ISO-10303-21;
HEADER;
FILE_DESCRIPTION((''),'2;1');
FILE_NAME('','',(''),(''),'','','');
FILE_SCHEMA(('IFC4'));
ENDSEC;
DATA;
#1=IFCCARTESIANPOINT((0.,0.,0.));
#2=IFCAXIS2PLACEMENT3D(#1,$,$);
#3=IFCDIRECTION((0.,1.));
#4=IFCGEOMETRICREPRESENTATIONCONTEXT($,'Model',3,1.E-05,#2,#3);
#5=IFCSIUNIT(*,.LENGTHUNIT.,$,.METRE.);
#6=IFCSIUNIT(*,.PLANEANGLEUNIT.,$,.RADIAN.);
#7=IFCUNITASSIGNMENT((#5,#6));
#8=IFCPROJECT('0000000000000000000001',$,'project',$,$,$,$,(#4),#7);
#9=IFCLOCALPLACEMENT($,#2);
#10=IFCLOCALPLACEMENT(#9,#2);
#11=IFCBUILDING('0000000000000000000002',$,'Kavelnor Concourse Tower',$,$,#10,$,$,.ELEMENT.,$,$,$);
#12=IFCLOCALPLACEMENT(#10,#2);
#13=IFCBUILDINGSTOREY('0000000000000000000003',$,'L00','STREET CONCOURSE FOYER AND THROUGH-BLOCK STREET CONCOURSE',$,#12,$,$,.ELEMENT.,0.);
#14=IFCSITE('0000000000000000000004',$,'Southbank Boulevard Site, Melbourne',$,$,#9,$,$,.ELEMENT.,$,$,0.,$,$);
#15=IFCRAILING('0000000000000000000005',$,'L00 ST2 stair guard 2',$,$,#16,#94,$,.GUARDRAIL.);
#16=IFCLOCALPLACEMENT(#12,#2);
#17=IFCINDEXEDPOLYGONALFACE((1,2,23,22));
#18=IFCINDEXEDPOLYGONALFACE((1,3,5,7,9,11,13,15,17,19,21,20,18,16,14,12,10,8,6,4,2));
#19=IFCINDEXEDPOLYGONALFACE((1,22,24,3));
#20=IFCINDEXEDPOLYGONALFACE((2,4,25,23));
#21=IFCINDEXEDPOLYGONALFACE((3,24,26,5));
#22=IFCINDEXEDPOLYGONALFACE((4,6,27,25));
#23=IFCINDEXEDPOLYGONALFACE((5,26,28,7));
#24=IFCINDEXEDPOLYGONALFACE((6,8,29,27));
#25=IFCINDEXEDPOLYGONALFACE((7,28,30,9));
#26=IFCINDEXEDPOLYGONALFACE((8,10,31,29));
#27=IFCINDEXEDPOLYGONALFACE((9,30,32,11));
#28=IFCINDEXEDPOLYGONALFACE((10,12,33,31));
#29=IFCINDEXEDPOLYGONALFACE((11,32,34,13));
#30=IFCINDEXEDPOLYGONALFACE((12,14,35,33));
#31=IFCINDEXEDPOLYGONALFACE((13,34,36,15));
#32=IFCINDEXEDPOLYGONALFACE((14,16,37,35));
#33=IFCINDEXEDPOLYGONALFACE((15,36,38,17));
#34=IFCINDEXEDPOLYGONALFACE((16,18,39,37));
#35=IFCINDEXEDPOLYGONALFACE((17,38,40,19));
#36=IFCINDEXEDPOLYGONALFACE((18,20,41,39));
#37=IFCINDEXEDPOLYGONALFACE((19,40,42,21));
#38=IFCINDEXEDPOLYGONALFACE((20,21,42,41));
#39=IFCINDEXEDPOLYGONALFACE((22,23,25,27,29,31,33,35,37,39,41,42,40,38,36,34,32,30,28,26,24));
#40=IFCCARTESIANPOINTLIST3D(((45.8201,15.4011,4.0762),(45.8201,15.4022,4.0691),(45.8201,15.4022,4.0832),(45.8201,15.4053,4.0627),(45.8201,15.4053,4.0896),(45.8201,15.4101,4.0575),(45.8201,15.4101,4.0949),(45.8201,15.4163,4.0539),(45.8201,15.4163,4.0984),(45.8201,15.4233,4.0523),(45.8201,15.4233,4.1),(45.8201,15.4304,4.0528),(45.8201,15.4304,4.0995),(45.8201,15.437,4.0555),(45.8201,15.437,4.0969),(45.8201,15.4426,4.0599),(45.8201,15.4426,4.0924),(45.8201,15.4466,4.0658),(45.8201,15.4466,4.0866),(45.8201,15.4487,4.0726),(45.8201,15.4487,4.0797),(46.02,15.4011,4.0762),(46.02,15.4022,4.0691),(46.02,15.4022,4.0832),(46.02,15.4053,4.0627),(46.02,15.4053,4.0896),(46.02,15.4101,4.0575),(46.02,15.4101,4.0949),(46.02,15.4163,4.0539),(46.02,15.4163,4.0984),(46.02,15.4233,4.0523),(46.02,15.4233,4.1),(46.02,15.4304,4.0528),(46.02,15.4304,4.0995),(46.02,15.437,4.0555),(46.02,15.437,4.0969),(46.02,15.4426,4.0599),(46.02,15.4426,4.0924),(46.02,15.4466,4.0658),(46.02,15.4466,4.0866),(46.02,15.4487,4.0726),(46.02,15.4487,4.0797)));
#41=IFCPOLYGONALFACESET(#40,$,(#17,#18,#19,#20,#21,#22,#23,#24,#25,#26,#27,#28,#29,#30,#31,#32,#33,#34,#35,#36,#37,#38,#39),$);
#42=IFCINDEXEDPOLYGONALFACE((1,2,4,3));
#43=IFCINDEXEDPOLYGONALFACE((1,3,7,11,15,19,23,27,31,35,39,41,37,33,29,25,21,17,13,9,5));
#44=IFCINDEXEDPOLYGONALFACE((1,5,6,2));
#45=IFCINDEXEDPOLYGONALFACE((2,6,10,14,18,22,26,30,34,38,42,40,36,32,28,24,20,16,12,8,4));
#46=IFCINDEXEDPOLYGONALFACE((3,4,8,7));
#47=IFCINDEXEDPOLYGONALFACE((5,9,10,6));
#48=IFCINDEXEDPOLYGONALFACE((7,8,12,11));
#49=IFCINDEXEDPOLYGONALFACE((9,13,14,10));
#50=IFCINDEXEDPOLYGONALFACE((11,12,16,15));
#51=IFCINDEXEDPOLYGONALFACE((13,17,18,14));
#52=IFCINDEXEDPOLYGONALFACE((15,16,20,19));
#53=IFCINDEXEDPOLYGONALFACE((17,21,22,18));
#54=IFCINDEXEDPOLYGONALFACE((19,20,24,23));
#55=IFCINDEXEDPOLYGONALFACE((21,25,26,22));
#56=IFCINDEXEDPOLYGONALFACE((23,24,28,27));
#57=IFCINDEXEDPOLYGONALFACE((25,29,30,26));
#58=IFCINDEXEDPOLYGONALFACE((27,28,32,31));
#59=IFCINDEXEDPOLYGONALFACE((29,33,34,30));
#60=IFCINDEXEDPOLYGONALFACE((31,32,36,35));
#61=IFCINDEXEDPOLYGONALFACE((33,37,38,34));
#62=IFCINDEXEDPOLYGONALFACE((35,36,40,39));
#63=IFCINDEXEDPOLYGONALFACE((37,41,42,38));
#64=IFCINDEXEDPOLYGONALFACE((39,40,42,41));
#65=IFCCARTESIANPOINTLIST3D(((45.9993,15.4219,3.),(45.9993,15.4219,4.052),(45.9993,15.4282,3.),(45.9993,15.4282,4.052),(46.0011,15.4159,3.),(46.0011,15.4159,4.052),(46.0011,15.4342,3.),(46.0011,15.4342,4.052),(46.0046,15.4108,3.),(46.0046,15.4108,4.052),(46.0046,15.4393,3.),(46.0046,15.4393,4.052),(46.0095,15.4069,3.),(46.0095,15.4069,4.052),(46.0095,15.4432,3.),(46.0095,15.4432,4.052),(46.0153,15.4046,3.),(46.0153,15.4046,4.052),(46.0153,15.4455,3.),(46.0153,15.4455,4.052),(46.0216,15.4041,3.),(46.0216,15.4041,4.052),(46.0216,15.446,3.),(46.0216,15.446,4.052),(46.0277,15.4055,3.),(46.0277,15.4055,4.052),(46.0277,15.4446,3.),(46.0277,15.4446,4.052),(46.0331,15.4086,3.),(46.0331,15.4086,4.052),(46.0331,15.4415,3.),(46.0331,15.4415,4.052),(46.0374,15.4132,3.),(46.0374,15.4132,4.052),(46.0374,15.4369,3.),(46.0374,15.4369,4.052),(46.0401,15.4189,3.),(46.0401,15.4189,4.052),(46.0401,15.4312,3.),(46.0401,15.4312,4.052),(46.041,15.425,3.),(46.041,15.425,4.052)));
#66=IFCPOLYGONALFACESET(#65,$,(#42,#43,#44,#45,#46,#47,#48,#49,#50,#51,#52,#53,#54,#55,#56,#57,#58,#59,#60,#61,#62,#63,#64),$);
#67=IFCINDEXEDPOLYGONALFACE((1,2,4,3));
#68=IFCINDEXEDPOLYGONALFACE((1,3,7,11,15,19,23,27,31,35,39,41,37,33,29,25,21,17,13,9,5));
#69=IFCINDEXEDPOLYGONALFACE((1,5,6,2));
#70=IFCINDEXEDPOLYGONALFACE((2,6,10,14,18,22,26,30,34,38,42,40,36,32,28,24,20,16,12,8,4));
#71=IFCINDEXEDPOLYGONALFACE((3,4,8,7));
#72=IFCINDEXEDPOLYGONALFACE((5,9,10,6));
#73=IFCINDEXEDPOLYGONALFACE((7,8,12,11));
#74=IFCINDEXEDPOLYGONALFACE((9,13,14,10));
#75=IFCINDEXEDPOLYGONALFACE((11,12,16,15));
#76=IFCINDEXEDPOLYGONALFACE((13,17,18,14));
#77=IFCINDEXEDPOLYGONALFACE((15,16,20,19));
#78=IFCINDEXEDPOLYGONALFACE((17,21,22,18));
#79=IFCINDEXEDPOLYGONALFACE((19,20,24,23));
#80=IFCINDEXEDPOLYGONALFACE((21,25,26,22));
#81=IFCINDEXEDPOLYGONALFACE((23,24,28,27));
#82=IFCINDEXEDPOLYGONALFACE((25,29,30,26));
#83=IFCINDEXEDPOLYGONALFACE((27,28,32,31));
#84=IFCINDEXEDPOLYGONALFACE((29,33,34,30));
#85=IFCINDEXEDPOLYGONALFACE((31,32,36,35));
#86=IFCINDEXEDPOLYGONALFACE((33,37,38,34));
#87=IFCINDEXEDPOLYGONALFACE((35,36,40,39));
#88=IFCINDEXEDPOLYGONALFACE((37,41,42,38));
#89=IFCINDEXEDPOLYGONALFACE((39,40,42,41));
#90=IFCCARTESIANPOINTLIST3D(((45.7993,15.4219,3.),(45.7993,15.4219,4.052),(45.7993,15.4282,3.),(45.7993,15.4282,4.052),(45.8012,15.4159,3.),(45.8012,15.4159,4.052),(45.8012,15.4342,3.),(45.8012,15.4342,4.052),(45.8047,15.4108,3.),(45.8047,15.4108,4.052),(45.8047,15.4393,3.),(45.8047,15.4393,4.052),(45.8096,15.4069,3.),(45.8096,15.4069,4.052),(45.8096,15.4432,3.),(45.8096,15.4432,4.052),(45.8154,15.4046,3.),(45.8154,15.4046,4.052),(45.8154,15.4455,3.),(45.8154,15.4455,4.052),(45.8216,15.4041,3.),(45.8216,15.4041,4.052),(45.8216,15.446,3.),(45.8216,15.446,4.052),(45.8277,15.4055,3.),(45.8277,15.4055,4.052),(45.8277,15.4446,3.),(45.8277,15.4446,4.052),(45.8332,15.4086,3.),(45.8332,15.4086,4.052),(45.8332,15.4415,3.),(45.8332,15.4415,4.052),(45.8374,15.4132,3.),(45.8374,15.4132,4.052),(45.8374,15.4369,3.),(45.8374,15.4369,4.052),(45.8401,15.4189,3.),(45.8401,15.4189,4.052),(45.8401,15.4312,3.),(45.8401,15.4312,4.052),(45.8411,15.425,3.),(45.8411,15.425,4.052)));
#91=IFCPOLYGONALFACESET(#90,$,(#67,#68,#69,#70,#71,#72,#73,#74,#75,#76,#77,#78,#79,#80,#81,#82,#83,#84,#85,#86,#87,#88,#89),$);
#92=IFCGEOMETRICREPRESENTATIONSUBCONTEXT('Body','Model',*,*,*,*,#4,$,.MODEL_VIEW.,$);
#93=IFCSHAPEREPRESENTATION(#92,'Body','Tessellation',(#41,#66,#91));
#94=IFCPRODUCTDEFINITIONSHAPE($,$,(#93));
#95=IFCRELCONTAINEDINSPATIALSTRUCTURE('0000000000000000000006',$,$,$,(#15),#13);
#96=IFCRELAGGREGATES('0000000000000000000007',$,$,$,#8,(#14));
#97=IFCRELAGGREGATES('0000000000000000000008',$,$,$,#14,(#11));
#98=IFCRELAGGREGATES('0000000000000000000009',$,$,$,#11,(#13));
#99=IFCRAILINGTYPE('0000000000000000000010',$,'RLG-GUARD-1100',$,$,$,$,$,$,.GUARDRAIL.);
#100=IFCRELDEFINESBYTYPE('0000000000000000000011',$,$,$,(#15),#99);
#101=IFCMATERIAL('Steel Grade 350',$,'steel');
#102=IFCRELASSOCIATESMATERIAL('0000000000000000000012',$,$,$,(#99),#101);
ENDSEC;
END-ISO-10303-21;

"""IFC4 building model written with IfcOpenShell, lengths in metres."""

from ifc_helpers import new_model, si_unit, direction, frame, origin, origin_2d, place, context, subcontext, project, spatial, circle, extrude, material, type_object, element, save


model = new_model("IFC4")

# Units and contexts
model_context = context("Model", 3, precision=1e-05, world=origin(), true_north=direction((0.0, 1.0)))
body_context = subcontext(model_context, "Body", "Model", "MODEL_VIEW")
ifc_project = project(units=[si_unit("LENGTHUNIT", "METRE"), si_unit("PLANEANGLEUNIT", "RADIAN")], contexts=[model_context])

# Site, building, storey
site_placement = place(None, origin())
site = spatial("IfcSite", under=ifc_project, at=site_placement, Name="Southbank Boulevard Site, Melbourne", CompositionType="ELEMENT", RefElevation=0.0)
building_placement = place(site_placement, origin())
building = spatial("IfcBuilding", under=site, at=building_placement, Name="Kavelnor Concourse Tower", CompositionType="ELEMENT")
storey_placement = place(building_placement, origin())
storey = spatial("IfcBuildingStorey", under=building, at=storey_placement, Name="L00", Description="STREET CONCOURSE FOYER AND THROUGH-BLOCK STREET CONCOURSE", CompositionType="ELEMENT", Elevation=0.0)

# Shared definitions
ifc_material_1 = material(Name="Steel Grade 350", Category="steel")

# Railing
railing_type_1 = type_object("IfcRailingType", Name="RLG-GUARD-1100", PredefinedType="GUARDRAIL", material=ifc_material_1)
railing_1_placement = place(storey_placement, frame((46.02, 15.425, 3.0)))
element("IfcRailing", 1, at=railing_1_placement, inside=storey, type_object=railing_type_1, Name="L00 ST2 stair guard 2", PredefinedType="GUARDRAIL", context=body_context, shape_type="SweptSolid", body=[
    extrude(circle(Radius=0.0239, at=origin_2d()), frame((0.0, 0.0, 1.0762), z_axis=(-1.0, 0.0, 0.0), x_axis=(0.0, -1.0, 0.0)), (0.0, 0.0, 1.0), 0.2),
    extrude(circle(Radius=0.021, at=origin_2d()), origin(), (0.0, 0.0, 1.0), 1.052),
    extrude(circle(Radius=0.021, at=origin_2d()), frame((-0.2, 0.0, 0.0)), (0.0, 0.0, 1.0), 1.052),
])

save(model, "model.ifc")
